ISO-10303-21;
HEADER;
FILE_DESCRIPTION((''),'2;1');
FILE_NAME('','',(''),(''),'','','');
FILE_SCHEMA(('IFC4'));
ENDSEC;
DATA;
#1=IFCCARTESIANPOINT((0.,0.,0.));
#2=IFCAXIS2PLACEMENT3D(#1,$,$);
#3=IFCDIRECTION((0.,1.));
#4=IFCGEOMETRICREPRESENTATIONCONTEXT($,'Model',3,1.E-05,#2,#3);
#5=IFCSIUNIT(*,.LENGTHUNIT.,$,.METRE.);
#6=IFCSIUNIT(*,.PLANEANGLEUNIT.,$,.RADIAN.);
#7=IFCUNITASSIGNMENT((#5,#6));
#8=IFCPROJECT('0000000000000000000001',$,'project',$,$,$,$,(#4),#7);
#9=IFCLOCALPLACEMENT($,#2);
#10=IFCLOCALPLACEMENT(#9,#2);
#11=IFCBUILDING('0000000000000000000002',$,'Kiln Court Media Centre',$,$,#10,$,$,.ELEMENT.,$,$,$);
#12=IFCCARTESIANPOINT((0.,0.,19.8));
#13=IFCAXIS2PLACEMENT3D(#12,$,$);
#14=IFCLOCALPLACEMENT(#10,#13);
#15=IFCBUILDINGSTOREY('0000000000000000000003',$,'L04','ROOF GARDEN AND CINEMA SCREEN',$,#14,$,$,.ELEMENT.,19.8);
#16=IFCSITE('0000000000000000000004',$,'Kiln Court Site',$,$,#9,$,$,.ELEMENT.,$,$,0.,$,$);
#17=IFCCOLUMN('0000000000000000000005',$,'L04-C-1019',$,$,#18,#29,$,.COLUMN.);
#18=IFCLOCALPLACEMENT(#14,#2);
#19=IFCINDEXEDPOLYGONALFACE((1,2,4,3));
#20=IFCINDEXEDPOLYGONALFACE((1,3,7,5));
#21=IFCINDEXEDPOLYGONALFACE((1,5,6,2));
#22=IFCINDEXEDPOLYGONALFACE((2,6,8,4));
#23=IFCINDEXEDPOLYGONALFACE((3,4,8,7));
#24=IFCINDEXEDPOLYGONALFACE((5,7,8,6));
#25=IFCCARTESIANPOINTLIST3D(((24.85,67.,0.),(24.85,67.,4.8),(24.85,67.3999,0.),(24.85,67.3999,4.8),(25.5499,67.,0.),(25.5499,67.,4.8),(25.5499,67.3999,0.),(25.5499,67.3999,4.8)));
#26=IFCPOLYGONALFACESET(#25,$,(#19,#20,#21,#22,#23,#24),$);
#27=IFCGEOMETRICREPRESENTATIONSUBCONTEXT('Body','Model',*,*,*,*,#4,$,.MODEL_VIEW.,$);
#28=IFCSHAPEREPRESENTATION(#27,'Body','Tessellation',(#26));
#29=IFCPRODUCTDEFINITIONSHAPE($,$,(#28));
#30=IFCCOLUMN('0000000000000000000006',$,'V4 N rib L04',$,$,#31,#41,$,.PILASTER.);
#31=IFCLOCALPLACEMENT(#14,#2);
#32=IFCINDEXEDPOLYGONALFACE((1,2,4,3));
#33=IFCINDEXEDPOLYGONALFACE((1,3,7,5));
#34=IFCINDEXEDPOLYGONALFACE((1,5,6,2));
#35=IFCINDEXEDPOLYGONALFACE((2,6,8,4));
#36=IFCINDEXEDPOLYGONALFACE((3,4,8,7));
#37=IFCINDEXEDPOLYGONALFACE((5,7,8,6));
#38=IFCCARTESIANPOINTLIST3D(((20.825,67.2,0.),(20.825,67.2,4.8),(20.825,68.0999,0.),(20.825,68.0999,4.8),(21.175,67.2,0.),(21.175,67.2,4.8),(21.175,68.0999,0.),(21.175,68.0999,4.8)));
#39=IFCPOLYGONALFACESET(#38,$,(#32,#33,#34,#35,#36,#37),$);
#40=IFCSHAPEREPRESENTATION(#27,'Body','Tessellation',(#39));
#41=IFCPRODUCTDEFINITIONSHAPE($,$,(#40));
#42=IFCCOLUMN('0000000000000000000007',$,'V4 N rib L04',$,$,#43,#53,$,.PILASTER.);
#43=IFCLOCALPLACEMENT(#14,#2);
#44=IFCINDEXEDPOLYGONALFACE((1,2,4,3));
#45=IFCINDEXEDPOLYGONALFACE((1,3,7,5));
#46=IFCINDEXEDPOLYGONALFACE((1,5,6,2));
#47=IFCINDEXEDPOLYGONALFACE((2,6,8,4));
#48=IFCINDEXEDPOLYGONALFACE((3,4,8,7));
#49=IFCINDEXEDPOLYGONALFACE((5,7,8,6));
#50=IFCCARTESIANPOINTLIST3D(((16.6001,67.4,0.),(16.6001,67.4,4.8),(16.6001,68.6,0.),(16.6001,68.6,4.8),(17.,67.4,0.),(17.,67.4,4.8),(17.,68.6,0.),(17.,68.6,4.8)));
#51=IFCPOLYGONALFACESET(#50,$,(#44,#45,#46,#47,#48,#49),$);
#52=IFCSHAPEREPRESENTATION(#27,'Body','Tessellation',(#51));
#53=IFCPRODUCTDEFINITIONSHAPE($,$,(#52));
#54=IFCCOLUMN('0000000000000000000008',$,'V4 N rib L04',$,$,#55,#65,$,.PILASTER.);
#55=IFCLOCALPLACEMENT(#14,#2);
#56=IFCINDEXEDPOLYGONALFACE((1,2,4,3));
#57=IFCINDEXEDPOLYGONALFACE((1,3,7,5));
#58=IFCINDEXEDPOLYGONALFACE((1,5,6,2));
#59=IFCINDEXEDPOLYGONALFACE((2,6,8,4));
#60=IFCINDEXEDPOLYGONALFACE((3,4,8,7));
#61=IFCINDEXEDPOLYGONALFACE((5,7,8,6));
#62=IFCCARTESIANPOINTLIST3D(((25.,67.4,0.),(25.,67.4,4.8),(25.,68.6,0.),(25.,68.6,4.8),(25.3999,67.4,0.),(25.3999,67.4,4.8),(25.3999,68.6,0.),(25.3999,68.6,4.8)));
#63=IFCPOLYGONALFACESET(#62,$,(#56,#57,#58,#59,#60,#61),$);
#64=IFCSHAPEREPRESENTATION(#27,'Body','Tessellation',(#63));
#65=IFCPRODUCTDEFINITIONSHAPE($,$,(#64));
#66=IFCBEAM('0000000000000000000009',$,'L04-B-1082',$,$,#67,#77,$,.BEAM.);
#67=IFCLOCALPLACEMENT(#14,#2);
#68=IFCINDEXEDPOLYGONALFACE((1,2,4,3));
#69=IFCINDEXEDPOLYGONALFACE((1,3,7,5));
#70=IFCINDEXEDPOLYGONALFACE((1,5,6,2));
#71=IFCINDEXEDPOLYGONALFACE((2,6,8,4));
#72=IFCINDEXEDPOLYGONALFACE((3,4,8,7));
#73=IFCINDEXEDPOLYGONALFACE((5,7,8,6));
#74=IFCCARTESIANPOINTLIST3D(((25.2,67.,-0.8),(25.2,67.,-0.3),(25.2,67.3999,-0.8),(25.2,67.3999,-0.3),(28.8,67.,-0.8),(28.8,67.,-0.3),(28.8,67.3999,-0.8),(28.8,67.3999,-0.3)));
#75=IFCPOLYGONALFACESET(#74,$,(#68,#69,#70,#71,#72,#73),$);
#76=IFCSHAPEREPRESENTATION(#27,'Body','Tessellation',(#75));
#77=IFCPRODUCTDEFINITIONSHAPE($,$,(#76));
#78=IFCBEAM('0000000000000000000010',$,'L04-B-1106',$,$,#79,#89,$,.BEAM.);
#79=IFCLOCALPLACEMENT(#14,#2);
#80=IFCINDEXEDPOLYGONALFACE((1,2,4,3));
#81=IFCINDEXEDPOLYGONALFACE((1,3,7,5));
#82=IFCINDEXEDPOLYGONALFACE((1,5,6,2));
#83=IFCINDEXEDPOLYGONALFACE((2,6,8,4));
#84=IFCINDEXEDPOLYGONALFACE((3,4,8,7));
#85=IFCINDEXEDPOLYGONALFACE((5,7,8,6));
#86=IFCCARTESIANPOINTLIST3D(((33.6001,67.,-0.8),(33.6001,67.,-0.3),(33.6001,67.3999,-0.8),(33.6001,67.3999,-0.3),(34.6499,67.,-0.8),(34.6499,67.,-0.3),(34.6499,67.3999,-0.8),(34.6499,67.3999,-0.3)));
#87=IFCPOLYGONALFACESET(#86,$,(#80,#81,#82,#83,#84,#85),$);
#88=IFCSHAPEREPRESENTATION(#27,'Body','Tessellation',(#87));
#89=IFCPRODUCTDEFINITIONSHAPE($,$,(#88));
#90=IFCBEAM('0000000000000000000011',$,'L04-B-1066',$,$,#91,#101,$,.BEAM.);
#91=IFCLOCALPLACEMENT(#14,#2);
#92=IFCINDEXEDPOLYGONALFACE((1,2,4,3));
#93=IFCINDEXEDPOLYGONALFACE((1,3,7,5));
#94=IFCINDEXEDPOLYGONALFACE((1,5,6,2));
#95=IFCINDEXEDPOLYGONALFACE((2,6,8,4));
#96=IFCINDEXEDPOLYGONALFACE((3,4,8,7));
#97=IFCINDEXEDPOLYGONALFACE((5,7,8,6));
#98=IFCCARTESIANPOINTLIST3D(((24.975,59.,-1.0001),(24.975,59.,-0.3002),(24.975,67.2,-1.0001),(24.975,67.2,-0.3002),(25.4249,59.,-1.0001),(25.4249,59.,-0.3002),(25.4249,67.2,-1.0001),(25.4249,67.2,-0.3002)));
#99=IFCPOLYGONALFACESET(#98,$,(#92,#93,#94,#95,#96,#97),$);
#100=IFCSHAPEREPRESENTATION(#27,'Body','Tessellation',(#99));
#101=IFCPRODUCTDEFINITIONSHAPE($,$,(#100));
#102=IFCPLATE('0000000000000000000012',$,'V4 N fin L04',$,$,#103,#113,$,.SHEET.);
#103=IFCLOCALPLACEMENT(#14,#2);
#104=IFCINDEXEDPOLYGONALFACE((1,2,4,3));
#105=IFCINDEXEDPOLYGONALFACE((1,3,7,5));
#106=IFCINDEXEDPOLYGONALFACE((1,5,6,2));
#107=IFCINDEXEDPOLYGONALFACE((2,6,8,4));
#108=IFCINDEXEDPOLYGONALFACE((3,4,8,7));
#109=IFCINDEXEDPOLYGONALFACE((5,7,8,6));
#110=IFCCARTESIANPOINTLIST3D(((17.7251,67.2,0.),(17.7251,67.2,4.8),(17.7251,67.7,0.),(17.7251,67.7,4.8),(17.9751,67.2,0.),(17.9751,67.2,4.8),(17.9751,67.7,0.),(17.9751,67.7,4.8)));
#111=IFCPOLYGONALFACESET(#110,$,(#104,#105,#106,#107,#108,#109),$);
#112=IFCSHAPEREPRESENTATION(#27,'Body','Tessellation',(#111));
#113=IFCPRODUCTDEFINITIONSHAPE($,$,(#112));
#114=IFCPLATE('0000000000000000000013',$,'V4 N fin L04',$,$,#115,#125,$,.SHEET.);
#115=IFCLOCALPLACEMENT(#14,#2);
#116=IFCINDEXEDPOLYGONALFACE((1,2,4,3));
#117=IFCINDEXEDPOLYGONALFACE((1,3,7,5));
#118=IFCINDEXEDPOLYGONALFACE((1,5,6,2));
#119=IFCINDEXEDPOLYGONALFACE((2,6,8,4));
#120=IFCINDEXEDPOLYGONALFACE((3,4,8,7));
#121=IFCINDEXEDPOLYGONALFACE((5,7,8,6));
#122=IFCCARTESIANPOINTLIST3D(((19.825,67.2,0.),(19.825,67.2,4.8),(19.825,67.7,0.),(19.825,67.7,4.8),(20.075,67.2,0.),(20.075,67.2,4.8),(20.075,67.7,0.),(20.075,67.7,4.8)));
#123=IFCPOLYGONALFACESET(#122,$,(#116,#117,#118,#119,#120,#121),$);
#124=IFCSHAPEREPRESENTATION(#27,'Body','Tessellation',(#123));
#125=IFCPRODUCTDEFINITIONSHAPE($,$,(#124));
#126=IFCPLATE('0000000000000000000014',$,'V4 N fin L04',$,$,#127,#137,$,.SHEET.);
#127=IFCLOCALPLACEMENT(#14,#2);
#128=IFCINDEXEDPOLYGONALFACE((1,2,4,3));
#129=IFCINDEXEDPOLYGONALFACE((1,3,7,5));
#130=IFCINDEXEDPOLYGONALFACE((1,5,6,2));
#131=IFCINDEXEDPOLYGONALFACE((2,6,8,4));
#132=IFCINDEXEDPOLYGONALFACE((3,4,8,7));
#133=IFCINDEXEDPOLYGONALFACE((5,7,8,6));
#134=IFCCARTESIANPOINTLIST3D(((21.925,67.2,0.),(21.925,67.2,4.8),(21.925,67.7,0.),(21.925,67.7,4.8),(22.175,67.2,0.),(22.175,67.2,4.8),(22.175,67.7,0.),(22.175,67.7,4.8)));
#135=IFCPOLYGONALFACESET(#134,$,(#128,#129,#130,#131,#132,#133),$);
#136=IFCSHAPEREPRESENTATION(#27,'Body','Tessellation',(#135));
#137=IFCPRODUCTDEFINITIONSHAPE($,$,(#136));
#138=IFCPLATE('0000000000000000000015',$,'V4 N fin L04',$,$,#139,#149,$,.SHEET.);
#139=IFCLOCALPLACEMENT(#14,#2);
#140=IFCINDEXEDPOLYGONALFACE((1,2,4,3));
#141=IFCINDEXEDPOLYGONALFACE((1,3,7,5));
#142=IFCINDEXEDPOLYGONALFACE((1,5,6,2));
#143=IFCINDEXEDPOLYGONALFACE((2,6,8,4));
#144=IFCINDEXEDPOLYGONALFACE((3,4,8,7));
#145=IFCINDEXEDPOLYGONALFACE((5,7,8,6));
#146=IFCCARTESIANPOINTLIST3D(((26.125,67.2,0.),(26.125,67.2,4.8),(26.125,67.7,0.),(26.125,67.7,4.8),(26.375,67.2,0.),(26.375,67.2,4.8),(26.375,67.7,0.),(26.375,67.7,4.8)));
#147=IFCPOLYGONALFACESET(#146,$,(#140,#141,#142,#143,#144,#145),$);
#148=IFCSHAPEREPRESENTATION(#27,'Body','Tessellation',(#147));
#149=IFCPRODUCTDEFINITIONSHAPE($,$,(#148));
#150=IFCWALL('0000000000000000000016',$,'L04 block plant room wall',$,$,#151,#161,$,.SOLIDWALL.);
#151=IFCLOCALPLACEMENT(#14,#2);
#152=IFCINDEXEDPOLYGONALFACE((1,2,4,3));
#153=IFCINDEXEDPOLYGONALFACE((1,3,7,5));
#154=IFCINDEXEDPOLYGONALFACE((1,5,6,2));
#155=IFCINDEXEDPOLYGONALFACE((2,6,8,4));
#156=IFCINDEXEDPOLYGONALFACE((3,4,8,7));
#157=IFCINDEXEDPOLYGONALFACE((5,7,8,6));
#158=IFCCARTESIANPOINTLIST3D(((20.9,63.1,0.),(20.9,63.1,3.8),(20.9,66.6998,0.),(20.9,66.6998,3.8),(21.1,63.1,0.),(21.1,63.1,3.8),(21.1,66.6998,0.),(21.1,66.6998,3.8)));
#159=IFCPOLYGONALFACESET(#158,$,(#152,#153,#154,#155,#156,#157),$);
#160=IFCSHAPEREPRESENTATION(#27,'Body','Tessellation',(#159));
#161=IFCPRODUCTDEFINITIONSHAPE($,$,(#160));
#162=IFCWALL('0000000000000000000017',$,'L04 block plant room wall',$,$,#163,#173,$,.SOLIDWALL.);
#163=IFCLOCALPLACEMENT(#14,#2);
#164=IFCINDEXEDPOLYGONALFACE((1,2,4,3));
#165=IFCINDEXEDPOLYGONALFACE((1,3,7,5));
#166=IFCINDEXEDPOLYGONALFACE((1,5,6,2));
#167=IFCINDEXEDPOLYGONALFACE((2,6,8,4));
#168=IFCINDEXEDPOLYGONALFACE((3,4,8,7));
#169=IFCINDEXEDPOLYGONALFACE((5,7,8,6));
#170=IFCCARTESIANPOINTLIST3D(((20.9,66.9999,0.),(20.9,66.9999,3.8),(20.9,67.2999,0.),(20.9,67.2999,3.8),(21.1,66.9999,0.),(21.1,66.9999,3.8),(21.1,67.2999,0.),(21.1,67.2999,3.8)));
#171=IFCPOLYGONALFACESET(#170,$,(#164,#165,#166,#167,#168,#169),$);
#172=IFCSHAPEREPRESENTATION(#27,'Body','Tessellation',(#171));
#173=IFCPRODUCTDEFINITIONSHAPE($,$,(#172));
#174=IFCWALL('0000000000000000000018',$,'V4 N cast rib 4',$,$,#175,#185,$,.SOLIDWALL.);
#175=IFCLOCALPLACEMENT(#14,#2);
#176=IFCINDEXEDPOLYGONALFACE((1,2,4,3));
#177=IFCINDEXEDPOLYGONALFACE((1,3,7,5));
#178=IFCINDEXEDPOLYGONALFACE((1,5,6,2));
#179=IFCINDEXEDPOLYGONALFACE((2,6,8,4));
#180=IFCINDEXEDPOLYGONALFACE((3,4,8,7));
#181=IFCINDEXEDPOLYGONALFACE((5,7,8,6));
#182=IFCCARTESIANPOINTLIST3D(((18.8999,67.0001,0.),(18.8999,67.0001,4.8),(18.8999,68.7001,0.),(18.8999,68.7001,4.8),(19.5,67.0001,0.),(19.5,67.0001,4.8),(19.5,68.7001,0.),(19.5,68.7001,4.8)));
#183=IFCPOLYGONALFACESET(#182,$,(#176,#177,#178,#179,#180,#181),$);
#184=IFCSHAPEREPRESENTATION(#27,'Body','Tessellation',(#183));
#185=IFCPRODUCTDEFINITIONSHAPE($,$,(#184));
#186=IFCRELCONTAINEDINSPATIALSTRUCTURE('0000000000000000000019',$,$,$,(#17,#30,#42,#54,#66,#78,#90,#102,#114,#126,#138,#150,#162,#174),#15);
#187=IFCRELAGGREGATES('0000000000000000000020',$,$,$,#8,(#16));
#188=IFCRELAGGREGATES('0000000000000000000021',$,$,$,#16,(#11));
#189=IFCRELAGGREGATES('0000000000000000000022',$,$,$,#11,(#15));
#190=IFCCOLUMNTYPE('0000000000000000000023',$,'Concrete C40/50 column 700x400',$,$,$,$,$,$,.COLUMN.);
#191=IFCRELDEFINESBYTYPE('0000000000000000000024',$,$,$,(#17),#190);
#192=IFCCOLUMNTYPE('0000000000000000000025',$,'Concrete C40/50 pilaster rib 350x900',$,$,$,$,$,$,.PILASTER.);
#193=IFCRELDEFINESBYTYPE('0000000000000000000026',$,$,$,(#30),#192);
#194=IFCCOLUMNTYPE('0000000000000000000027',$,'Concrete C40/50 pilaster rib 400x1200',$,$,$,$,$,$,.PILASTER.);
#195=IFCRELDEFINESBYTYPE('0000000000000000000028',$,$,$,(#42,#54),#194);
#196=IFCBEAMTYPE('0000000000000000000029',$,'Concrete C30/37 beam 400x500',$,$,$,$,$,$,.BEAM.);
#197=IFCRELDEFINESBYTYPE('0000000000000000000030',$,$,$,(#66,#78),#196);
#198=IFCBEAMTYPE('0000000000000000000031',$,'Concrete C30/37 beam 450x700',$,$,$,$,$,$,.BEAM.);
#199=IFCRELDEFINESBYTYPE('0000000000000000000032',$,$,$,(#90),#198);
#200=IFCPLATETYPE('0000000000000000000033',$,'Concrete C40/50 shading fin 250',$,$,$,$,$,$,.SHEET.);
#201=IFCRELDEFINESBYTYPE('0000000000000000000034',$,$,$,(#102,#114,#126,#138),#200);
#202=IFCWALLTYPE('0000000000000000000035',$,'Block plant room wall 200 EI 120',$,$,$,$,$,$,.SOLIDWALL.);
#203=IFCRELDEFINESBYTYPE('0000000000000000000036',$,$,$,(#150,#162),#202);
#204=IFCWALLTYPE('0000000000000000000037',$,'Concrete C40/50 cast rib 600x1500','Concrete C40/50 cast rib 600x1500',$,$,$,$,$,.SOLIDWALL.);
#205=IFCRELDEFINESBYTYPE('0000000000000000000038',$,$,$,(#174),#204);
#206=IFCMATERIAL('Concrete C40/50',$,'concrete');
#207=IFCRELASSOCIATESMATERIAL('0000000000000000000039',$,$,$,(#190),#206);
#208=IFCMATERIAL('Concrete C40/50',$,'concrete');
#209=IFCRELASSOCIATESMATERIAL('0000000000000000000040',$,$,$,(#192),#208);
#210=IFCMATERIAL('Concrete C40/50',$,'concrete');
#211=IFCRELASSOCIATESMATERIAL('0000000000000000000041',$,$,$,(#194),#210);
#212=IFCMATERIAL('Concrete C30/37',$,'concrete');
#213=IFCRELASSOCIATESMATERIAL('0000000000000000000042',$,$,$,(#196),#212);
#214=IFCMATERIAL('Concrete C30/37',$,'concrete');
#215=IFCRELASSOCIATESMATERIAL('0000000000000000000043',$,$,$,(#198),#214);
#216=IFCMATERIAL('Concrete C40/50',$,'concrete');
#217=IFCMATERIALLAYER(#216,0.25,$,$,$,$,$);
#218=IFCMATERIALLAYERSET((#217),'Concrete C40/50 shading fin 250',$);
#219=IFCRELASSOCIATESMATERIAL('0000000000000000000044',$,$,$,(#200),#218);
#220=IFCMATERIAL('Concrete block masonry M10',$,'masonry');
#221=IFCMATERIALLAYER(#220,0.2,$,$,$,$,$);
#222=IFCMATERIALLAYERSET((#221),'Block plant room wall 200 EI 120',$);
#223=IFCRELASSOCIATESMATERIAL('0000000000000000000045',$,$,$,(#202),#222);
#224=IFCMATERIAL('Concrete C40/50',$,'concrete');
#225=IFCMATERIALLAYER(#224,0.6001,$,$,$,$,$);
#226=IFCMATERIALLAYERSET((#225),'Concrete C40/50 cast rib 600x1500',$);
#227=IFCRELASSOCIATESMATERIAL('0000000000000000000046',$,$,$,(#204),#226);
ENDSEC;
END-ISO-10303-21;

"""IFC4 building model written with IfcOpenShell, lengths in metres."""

from ifc_helpers import new_model, si_unit, direction, frame, frame_2d, origin, origin_2d, place, context, subcontext, project, spatial, rectangle, extrude, material, layer, layer_set, material_profile, profile_set, type_object, element, save


model = new_model("IFC4")

# Units and contexts
model_context = context("Model", 3, precision=1e-05, world=origin(), true_north=direction((0.0, 1.0)))
body_context = subcontext(model_context, "Body", "Model", "MODEL_VIEW")
ifc_project = project(units=[si_unit("LENGTHUNIT", "METRE"), si_unit("PLANEANGLEUNIT", "RADIAN")], contexts=[model_context])

# Site, building, storey
site_placement = place(None, origin())
site = spatial("IfcSite", under=ifc_project, at=site_placement, Name="Kiln Court Site", CompositionType="ELEMENT", RefElevation=0.0)
building_placement = place(site_placement, origin())
building = spatial("IfcBuilding", under=site, at=building_placement, Name="Kiln Court Media Centre", CompositionType="ELEMENT")
storey_placement = place(building_placement, frame((0.0, 0.0, 19.8)))
storey = spatial("IfcBuildingStorey", under=building, at=storey_placement, Name="L04", Description="ROOF GARDEN AND CINEMA SCREEN", CompositionType="ELEMENT", Elevation=19.8)

# Columns
ifc_material_1 = material(Name="Concrete C40/50", Category="concrete")
ifc_material_profile_1 = material_profile(ifc_material_1, rectangle(XDim=0.7, YDim=0.3999, at=origin_2d()), Name="RC 700x400")
ifc_profile_set_1 = profile_set([ifc_material_profile_1], Name="Concrete C40/50")
column_type_1 = type_object("IfcColumnType", Name="Concrete C40/50 column 700x400", PredefinedType="COLUMN", material=ifc_profile_set_1)
column_1_placement = place(storey_placement, frame((25.2, 67.2, 0.0), z_axis=(0.0, 0.0, 1.0), x_axis=(1.0, 0.0, 0.0)))
element("IfcColumn", 1, at=column_1_placement, inside=storey, type_object=column_type_1, Name="L04-C-1019", PredefinedType="COLUMN", context=body_context, shape_type="SweptSolid", body=[
    extrude(rectangle(XDim=0.7, YDim=0.3999, at=origin_2d()), origin(), (0.0, 0.0, 1.0), 4.8),
])
ifc_material_2 = material(Name="Concrete C40/50", Category="concrete")
ifc_material_profile_2 = material_profile(ifc_material_2, rectangle(XDim=0.3501, YDim=0.8999, at=origin_2d()), Name="RC 350x900")
ifc_profile_set_2 = profile_set([ifc_material_profile_2], Name="Concrete C40/50")
column_type_2 = type_object("IfcColumnType", Name="Concrete C40/50 pilaster rib 350x900", PredefinedType="PILASTER", material=ifc_profile_set_2)
column_2_placement = place(storey_placement, frame((21.0, 67.6499, 0.0), z_axis=(0.0, 0.0, 1.0), x_axis=(1.0, 0.0, 0.0)))
element("IfcColumn", 2, at=column_2_placement, inside=storey, type_object=column_type_2, Name="V4 N rib L04", PredefinedType="PILASTER", context=body_context, shape_type="SweptSolid", body=[
    extrude(rectangle(XDim=0.3501, YDim=0.8999, at=origin_2d()), origin(), (0.0, 0.0, 1.0), 4.8),
])
ifc_material_3 = material(Name="Concrete C40/50", Category="concrete")
ifc_material_profile_3 = material_profile(ifc_material_3, rectangle(XDim=0.3999, YDim=1.2, at=origin_2d()), Name="RC 400x1200")
ifc_profile_set_3 = profile_set([ifc_material_profile_3], Name="Concrete C40/50")
column_type_3 = type_object("IfcColumnType", Name="Concrete C40/50 pilaster rib 400x1200", PredefinedType="PILASTER", material=ifc_profile_set_3)
for number, where, z_axis, x_axis, name in (
    (3, (16.8, 68.0, 0.0), (0.0, 0.0, 1.0), (1.0, 0.0, 0.0), "V4 N rib L04"),
    (4, (25.2, 68.0, 0.0), (0.0, 0.0, 1.0), (1.0, 0.0, 0.0), "V4 N rib L04"),
):
    element("IfcColumn", number, at=place(storey_placement, frame(where, z_axis=z_axis, x_axis=x_axis)), inside=storey, type_object=column_type_3, Name=name, PredefinedType="PILASTER", context=body_context, shape_type="SweptSolid", body=[
        extrude(rectangle(XDim=0.3999, YDim=1.2, at=origin_2d()), origin(), (0.0, 0.0, 1.0), 4.8),
    ])

# Beams
ifc_material_4 = material(Name="Concrete C30/37", Category="concrete")
ifc_material_profile_4 = material_profile(ifc_material_4, rectangle(XDim=0.3999, YDim=0.5, at=origin_2d()), Name="RC 400x500")
ifc_profile_set_4 = profile_set([ifc_material_profile_4], Name="Concrete C30/37")
beam_type_1 = type_object("IfcBeamType", Name="Concrete C30/37 beam 400x500", PredefinedType="BEAM", material=ifc_profile_set_4)
beam_1_placement = place(storey_placement, frame((25.2, 67.2, -0.55), z_axis=(1.0, 0.0, 0.0), x_axis=(0.0, 1.0, 0.0)))
element("IfcBeam", 5, at=beam_1_placement, inside=storey, type_object=beam_type_1, Name="L04-B-1082", PredefinedType="BEAM", context=body_context, shape_type="SweptSolid", body=[
    extrude(rectangle(XDim=0.3999, YDim=0.5, at=origin_2d()), origin(), (0.0, 0.0, 1.0), 3.6001),
])
beam_2_placement = place(storey_placement, frame((33.6001, 67.2, -0.55), z_axis=(1.0, 0.0, 0.0), x_axis=(0.0, 1.0, 0.0)))
element("IfcBeam", 6, at=beam_2_placement, inside=storey, type_object=beam_type_1, Name="L04-B-1106", PredefinedType="BEAM", context=body_context, shape_type="SweptSolid", body=[
    extrude(rectangle(XDim=0.3999, YDim=0.5, at=origin_2d()), origin(), (0.0, 0.0, 1.0), 1.0498),
])
ifc_material_5 = material(Name="Concrete C30/37", Category="concrete")
ifc_material_profile_5 = material_profile(ifc_material_5, rectangle(XDim=0.45, YDim=0.7, at=origin_2d()), Name="RC 450x700")
ifc_profile_set_5 = profile_set([ifc_material_profile_5], Name="Concrete C30/37")
beam_type_2 = type_object("IfcBeamType", Name="Concrete C30/37 beam 450x700", PredefinedType="BEAM", material=ifc_profile_set_5)
beam_3_placement = place(storey_placement, frame((25.2, 59.0, -0.6501), z_axis=(0.0, 1.0, 0.0), x_axis=(-1.0, 0.0, 0.0)))
element("IfcBeam", 7, at=beam_3_placement, inside=storey, type_object=beam_type_2, Name="L04-B-1066", PredefinedType="BEAM", context=body_context, shape_type="SweptSolid", body=[
    extrude(rectangle(XDim=0.45, YDim=0.7, at=origin_2d()), origin(), (0.0, 0.0, 1.0), 8.2),
])

# Plates
ifc_material_6 = material(Name="Concrete C40/50", Category="concrete")
ifc_layer_1 = layer(ifc_material_6, 0.25)
ifc_layer_set_1 = layer_set([ifc_layer_1], Name="Concrete C40/50 shading fin 250")
plate_type = type_object("IfcPlateType", Name="Concrete C40/50 shading fin 250", PredefinedType="SHEET", material=ifc_layer_set_1)
for number, where, z_axis, x_axis, name in (
    (8, (17.8501, 67.45, 0.0), (0.0, 0.0, 1.0), (1.0, 0.0, 0.0), "V4 N fin L04"),
    (9, (19.95, 67.45, 0.0), (0.0, 0.0, 1.0), (1.0, 0.0, 0.0), "V4 N fin L04"),
    (10, (22.05, 67.45, 0.0), (0.0, 0.0, 1.0), (1.0, 0.0, 0.0), "V4 N fin L04"),
    (11, (26.25, 67.45, 0.0), (0.0, 0.0, 1.0), (1.0, 0.0, 0.0), "V4 N fin L04"),
):
    element("IfcPlate", number, at=place(storey_placement, frame(where, z_axis=z_axis, x_axis=x_axis)), inside=storey, type_object=plate_type, Name=name, PredefinedType="SHEET", context=body_context, shape_type="SweptSolid", body=[
        extrude(rectangle(XDim=0.25, YDim=0.5, at=origin_2d()), origin(), (0.0, 0.0, 1.0), 4.8),
    ])

# Walls
ifc_material_7 = material(Name="Concrete block masonry M10", Category="masonry")
ifc_layer_2 = layer(ifc_material_7, 0.2)
ifc_layer_set_2 = layer_set([ifc_layer_2], Name="Block plant room wall 200 EI 120")
wall_type_1 = type_object("IfcWallType", Name="Block plant room wall 200 EI 120", PredefinedType="SOLIDWALL", material=ifc_layer_set_2)
wall_1_placement = place(storey_placement, frame((21.0, 63.1001, 0.0), z_axis=(0.0, 0.0, 1.0), x_axis=(0.0, 1.0, 0.0)))
element("IfcWall", 12, at=wall_1_placement, inside=storey, type_object=wall_type_1, Name="L04 block plant room wall", PredefinedType="SOLIDWALL", context=body_context, shape_type="SweptSolid", body=[
    extrude(rectangle(XDim=3.5999, YDim=0.2, at=frame_2d((1.7998, 0.0))), origin(), (0.0, 0.0, 1.0), 3.8),
])
wall_2_placement = place(storey_placement, frame((21.0, 67.0, 0.0), z_axis=(0.0, 0.0, 1.0), x_axis=(0.0, 1.0, 0.0)))
element("IfcWall", 13, at=wall_2_placement, inside=storey, type_object=wall_type_1, Name="L04 block plant room wall", PredefinedType="SOLIDWALL", context=body_context, shape_type="SweptSolid", body=[
    extrude(rectangle(XDim=0.3, YDim=0.2, at=frame_2d((0.1499, 0.0))), origin(), (0.0, 0.0, 1.0), 3.8),
])
ifc_material_8 = material(Name="Concrete C40/50", Category="concrete")
ifc_layer_3 = layer(ifc_material_8, 0.6001)
ifc_layer_set_3 = layer_set([ifc_layer_3], Name="Concrete C40/50 cast rib 600x1500")
wall_type_2 = type_object("IfcWallType", Name="Concrete C40/50 cast rib 600x1500", Description="Concrete C40/50 cast rib 600x1500", PredefinedType="SOLIDWALL", material=ifc_layer_set_3)
for number, where, z_axis, x_axis, name in (
    (14, (19.2, 67.0, 0.0), (0.0, 0.0, 1.0), (0.0, 1.0, 0.0), "V4 N cast rib 4"),
):
    element("IfcWall", number, at=place(storey_placement, frame(where, z_axis=z_axis, x_axis=x_axis)), inside=storey, type_object=wall_type_2, Name=name, PredefinedType="SOLIDWALL", context=body_context, shape_type="SweptSolid", body=[
        extrude(rectangle(XDim=1.7, YDim=0.6001, at=frame_2d((0.8501, 0.0))), origin(), (0.0, 0.0, 1.0), 4.8),
    ])

save(model, "model.ifc")
